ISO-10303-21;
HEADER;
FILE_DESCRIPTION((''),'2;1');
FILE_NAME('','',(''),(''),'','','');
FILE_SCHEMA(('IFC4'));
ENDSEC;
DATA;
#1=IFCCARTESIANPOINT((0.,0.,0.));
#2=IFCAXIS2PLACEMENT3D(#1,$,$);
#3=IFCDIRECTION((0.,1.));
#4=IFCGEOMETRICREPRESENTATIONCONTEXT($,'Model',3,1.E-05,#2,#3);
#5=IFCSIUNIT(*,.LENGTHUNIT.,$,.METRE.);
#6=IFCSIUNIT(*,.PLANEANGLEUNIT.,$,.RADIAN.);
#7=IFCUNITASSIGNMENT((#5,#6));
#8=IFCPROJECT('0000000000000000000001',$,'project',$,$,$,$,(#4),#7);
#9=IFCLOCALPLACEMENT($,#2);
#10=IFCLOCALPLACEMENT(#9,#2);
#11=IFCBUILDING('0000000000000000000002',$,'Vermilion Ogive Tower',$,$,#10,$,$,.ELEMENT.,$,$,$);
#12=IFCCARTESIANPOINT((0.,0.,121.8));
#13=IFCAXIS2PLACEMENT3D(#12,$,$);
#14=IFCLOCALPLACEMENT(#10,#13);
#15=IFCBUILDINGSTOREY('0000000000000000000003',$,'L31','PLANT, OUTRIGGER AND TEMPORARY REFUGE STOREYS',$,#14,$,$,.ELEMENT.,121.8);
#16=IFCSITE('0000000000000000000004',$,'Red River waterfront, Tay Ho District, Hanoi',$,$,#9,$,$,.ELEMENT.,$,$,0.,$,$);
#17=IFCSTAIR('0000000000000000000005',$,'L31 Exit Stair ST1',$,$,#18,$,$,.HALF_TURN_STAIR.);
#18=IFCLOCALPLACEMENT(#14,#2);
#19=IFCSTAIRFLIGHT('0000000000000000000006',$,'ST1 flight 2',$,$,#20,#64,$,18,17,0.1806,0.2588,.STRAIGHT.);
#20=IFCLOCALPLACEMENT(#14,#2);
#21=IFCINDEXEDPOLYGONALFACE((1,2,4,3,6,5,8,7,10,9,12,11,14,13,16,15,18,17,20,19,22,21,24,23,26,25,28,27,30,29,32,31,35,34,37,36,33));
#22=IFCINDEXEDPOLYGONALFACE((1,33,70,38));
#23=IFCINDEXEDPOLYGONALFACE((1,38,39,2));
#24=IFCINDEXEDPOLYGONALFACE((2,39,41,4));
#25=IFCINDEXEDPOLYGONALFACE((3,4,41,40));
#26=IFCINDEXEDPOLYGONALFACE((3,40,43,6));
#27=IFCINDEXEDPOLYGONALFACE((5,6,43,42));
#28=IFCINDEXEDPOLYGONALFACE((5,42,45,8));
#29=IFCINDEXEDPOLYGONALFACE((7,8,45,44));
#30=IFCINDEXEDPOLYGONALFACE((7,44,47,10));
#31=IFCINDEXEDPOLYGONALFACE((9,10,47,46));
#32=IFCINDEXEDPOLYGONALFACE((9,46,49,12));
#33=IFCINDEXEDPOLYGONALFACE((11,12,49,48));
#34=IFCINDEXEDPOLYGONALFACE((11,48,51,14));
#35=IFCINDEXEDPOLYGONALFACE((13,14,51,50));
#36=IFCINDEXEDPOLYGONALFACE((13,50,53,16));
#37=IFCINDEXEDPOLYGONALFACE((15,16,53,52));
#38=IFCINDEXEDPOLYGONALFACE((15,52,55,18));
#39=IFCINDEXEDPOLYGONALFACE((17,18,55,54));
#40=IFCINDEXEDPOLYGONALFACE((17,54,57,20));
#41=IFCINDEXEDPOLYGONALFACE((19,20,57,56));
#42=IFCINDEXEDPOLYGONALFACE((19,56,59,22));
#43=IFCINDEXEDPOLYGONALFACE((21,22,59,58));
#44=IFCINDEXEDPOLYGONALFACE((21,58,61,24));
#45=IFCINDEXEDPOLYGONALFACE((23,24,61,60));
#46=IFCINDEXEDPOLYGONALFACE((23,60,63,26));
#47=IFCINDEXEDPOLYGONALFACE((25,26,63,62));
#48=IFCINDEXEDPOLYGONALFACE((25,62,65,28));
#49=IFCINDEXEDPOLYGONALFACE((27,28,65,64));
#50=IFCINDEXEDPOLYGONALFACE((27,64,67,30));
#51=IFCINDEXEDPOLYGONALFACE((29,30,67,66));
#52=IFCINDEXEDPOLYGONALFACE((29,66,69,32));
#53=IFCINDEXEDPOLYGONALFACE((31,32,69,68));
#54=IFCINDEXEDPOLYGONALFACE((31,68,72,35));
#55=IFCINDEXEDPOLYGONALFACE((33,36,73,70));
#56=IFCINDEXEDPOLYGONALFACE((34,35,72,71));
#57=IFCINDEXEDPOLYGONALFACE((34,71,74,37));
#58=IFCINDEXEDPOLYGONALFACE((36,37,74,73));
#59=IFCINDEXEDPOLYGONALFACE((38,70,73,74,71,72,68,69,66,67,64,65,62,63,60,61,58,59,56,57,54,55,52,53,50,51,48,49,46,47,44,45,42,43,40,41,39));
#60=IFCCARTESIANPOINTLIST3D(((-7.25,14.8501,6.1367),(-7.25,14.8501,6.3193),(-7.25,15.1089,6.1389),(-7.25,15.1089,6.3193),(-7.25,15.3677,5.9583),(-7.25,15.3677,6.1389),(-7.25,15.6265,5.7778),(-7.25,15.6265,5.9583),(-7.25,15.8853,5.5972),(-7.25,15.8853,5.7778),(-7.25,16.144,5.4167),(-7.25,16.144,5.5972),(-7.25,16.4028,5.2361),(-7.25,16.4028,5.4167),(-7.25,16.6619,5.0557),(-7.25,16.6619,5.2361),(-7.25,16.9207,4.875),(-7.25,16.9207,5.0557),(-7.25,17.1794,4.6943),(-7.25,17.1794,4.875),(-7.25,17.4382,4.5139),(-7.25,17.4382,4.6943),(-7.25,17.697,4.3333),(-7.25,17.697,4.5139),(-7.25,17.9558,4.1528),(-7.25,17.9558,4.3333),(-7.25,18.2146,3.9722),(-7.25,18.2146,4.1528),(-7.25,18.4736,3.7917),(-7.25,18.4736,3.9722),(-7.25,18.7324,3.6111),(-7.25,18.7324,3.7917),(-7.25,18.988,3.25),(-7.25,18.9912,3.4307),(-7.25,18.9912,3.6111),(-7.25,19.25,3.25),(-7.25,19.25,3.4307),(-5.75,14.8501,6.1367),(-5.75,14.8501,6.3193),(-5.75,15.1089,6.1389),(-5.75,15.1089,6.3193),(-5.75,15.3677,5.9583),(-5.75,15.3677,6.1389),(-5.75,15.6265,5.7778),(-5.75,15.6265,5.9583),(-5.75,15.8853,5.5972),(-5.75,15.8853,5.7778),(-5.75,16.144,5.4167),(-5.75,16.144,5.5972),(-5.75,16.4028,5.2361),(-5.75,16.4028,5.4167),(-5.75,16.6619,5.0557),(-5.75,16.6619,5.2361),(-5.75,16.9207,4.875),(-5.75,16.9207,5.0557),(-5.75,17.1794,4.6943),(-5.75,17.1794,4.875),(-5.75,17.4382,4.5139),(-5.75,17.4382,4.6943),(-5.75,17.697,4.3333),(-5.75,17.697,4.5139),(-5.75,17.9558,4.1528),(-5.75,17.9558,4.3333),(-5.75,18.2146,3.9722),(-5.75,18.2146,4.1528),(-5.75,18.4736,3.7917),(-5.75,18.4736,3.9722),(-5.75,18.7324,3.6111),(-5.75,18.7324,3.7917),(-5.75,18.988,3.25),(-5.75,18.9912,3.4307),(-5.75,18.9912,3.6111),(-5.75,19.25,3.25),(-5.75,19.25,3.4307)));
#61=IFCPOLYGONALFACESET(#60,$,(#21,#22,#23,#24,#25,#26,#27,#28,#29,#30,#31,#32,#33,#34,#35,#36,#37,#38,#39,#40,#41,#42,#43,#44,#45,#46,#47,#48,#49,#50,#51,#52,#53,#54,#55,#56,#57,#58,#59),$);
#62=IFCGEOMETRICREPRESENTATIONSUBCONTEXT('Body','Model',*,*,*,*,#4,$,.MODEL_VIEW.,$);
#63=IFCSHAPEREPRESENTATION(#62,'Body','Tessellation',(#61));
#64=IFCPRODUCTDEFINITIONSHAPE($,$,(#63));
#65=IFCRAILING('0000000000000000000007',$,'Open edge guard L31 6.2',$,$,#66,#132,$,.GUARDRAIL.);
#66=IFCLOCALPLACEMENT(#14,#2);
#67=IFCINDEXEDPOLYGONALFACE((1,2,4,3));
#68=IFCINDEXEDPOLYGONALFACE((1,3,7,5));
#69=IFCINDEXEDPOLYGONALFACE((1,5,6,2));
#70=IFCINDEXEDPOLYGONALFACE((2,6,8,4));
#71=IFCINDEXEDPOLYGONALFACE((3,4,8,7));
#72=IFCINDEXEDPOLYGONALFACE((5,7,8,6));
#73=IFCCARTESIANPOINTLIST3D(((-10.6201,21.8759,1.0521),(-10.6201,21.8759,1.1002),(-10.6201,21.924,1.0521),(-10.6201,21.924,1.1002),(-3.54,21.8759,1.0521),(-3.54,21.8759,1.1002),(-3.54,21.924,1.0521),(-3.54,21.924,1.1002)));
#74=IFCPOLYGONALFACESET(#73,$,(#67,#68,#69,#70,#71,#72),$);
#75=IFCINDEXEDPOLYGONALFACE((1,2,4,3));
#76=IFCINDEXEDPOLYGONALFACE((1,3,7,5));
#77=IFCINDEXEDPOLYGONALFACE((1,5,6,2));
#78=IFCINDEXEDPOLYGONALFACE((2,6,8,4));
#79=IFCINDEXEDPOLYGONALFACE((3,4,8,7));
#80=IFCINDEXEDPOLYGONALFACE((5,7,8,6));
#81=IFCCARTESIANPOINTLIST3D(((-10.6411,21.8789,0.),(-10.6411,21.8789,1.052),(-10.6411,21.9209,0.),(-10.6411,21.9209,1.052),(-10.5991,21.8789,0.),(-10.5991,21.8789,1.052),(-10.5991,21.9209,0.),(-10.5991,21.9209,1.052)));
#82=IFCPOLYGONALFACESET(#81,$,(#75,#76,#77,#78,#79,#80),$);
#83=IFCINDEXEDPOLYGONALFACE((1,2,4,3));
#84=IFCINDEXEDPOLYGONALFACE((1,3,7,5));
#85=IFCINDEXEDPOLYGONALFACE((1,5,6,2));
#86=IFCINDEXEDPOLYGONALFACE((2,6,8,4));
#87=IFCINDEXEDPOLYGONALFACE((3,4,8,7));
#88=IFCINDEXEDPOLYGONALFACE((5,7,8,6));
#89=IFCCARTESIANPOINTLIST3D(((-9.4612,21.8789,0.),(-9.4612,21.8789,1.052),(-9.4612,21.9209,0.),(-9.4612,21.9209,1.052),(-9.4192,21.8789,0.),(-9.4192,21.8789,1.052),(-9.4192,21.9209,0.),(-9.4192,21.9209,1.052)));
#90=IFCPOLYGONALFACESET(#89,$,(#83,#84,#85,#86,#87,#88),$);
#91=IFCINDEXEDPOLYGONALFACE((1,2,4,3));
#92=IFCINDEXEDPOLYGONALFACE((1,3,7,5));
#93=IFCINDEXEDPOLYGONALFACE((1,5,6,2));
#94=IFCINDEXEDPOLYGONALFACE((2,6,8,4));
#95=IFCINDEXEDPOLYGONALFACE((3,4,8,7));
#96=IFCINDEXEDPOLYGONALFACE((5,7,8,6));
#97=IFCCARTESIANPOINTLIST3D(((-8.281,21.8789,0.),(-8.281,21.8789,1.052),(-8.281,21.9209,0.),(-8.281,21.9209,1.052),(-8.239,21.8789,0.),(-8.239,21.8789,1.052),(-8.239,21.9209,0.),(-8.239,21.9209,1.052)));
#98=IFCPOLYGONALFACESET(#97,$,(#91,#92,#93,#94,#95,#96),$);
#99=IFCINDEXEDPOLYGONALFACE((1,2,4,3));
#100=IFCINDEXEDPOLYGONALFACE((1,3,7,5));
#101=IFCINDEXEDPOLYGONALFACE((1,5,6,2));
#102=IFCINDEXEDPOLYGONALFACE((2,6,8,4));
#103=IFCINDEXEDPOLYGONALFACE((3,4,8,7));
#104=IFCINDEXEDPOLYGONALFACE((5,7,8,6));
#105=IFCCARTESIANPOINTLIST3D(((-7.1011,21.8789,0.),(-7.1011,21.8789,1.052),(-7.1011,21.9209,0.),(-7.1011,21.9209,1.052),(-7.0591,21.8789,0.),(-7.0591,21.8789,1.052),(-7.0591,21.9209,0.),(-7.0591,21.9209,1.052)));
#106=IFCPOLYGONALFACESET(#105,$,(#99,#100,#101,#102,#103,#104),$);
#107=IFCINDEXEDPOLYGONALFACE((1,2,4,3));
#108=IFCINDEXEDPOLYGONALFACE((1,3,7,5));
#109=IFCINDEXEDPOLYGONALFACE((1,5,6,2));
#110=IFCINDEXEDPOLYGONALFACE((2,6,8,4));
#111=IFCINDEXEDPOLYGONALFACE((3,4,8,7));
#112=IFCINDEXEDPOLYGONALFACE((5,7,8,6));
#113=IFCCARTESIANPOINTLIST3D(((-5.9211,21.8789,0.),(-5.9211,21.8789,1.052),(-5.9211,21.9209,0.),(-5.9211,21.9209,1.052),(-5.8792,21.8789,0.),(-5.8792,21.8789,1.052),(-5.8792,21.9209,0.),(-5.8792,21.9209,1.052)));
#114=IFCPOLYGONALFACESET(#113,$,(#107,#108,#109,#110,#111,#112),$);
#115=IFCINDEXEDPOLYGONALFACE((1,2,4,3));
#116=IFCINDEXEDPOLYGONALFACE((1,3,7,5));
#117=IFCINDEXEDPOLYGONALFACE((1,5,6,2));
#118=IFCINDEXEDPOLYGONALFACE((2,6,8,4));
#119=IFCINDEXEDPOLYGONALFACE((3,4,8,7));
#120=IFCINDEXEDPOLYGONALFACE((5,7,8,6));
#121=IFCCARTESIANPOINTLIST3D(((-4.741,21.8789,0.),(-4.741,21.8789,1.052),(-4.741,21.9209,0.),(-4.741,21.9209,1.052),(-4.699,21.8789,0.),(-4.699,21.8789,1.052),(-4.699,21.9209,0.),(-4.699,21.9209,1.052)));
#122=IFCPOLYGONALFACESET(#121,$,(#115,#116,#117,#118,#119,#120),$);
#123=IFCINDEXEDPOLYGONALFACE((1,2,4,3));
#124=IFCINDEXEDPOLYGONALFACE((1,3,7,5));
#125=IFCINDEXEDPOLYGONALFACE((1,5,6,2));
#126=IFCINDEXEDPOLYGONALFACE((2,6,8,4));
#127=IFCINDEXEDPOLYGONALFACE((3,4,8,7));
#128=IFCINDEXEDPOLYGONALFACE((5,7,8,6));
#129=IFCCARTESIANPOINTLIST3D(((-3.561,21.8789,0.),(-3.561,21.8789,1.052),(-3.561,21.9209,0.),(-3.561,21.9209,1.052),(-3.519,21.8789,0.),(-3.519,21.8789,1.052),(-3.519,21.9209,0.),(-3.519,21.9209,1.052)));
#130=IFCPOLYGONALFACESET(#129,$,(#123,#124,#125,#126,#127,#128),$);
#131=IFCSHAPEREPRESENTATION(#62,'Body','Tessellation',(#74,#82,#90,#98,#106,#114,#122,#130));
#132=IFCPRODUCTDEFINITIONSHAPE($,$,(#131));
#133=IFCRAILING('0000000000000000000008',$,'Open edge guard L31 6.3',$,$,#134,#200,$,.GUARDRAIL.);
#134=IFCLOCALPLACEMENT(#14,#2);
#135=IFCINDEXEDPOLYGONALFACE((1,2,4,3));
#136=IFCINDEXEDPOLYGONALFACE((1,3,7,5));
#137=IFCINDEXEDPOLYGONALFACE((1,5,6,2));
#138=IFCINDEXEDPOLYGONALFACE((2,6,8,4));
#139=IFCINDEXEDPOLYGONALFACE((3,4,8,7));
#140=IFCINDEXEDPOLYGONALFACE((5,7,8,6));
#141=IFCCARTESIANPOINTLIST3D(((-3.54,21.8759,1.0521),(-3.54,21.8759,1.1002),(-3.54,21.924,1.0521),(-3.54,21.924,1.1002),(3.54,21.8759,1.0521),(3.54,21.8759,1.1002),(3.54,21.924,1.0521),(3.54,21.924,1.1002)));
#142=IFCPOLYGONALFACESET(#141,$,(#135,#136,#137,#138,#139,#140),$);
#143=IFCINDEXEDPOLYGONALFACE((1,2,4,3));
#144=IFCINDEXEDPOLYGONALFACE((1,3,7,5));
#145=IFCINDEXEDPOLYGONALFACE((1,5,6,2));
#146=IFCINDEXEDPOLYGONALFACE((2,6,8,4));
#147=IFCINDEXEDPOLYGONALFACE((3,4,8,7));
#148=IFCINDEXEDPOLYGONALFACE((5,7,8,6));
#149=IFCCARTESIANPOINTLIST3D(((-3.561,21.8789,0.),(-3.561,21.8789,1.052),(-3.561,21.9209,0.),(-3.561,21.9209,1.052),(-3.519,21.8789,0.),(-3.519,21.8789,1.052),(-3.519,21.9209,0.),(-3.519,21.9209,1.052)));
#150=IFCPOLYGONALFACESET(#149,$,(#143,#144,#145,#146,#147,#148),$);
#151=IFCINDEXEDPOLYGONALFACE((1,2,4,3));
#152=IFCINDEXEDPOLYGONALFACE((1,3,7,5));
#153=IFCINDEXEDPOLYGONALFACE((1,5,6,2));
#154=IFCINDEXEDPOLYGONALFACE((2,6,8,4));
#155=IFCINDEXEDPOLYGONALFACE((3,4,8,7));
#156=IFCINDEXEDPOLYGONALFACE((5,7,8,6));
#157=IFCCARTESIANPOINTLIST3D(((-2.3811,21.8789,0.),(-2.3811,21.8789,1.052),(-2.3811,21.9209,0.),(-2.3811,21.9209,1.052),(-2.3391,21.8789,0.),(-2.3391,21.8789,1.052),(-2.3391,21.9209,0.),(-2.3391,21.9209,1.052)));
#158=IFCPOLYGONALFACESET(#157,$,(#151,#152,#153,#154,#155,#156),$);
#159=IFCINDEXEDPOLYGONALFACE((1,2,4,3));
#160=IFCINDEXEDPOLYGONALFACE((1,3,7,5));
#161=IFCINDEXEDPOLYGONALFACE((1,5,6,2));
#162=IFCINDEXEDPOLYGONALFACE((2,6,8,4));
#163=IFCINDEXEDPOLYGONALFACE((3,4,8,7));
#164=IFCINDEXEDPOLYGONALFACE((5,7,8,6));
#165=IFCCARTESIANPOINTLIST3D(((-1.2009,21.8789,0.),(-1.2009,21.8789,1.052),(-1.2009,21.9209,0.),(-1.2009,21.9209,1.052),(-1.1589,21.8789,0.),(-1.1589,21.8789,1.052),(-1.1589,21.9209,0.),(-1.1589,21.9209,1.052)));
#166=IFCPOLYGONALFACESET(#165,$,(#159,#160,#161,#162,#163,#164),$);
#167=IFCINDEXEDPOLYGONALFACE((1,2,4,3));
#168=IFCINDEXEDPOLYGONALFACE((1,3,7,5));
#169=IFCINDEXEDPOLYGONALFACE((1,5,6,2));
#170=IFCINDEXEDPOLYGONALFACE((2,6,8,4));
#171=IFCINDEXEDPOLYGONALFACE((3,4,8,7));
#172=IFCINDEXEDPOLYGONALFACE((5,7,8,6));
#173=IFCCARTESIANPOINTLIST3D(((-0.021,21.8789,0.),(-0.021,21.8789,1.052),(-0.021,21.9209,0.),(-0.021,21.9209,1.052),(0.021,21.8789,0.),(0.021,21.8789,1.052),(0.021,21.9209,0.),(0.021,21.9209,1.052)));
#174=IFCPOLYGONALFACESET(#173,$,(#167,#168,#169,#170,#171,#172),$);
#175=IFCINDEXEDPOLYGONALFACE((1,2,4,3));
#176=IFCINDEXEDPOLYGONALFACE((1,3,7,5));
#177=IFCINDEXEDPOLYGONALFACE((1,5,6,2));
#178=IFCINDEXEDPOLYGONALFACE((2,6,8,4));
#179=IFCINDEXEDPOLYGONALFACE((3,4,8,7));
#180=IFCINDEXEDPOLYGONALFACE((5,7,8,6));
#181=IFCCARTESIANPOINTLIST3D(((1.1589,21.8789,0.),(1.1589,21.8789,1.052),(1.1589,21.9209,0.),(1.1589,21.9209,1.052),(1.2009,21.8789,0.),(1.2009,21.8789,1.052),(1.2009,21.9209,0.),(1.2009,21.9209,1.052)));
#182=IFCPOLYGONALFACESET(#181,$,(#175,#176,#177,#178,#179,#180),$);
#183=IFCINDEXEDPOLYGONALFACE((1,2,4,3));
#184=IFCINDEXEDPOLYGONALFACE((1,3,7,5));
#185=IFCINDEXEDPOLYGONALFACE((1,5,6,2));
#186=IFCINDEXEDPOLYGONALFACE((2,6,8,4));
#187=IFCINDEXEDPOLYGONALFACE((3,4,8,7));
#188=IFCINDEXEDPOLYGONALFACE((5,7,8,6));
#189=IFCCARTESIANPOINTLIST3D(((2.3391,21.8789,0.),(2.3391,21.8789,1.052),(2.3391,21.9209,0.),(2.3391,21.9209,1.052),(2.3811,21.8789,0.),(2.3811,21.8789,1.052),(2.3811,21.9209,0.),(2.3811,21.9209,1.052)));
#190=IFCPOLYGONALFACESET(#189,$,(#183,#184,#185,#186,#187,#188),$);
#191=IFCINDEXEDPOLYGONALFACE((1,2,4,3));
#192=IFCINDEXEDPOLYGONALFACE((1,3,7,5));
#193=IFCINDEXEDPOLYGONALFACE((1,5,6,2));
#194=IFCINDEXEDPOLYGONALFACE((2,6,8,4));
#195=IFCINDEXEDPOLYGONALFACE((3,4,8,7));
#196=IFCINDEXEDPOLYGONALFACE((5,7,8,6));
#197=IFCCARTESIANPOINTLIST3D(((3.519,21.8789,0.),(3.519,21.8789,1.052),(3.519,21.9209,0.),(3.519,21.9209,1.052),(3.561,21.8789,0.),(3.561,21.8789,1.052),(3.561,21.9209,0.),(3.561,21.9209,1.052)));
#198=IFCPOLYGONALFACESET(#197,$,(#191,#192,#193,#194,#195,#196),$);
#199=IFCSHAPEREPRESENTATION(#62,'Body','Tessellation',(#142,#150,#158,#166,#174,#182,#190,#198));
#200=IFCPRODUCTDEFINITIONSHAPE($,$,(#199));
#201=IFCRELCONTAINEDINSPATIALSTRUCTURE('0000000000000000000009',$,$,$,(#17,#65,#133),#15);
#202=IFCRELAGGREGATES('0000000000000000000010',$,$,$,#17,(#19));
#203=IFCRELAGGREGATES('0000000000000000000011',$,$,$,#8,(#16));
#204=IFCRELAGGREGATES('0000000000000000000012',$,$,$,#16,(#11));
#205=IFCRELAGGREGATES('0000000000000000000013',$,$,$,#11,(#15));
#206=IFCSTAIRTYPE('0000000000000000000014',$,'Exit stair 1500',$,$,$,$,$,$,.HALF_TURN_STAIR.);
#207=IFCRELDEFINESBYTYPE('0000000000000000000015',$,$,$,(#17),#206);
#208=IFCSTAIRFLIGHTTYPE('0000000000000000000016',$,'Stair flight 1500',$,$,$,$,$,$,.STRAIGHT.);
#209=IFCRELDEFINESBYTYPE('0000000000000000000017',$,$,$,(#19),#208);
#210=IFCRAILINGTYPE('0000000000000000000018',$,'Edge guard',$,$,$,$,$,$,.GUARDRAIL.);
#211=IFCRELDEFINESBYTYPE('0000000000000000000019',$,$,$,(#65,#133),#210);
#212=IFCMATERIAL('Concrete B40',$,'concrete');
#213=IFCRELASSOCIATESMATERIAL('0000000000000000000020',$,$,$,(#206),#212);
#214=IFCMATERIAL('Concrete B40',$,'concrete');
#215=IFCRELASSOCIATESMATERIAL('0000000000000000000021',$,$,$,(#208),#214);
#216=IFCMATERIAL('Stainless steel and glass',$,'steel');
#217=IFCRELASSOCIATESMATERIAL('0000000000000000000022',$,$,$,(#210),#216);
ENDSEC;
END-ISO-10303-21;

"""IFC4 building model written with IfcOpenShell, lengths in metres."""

from ifc_helpers import new_model, si_unit, direction, frame, origin, origin_2d, place, context, subcontext, project, spatial, polyline, rectangle, outline, extrude, material, type_object, element, aggregate, save


model = new_model("IFC4")

# Units and contexts
model_context = context("Model", 3, precision=1e-05, world=origin(), true_north=direction((0.0, 1.0)))
body_context = subcontext(model_context, "Body", "Model", "MODEL_VIEW")
ifc_project = project(units=[si_unit("LENGTHUNIT", "METRE"), si_unit("PLANEANGLEUNIT", "RADIAN")], contexts=[model_context])

# Site, building, storey
site_placement = place(None, origin())
site = spatial("IfcSite", under=ifc_project, at=site_placement, Name="Red River waterfront, Tay Ho District, Hanoi", CompositionType="ELEMENT", RefElevation=0.0)
building_placement = place(site_placement, origin())
building = spatial("IfcBuilding", under=site, at=building_placement, Name="Vermilion Ogive Tower", CompositionType="ELEMENT")
storey_placement = place(building_placement, frame((0.0, 0.0, 121.8)))
storey = spatial("IfcBuildingStorey", under=building, at=storey_placement, Name="L31", Description="PLANT, OUTRIGGER AND TEMPORARY REFUGE STOREYS", CompositionType="ELEMENT", Elevation=121.8)

# Stair, stair flight
ifc_material_1 = material(Name="Concrete B40", Category="concrete")
stair_type = type_object("IfcStairType", Name="Exit stair 1500", PredefinedType="HALF_TURN_STAIR", material=ifc_material_1)
stair_placement = place(storey_placement, origin())
stair = element("IfcStair", 1, at=stair_placement, inside=storey, type_object=stair_type, Name="L31 Exit Stair ST1", PredefinedType="HALF_TURN_STAIR")
ifc_material_2 = material(Name="Concrete B40", Category="concrete")
stair_flight_type = type_object("IfcStairFlightType", Name="Stair flight 1500", PredefinedType="STRAIGHT", material=ifc_material_2)
stair_flight_1_placement = place(storey_placement, frame((-6.5, 19.25, 3.25), z_axis=(0.0, 0.0, 1.0), x_axis=(0.0, -1.0, 0.0)))
stair_flight_1 = element("IfcStairFlight", 2, at=stair_flight_1_placement, type_object=stair_flight_type, Name="ST1 flight 2", NumberOfRisers=18, NumberOfTreads=17, PredefinedType="STRAIGHT", RiserHeight=0.1806, TreadLength=0.2588, context=body_context, shape_type="SweptSolid", body=[
    extrude(outline(polyline([(0.0, 0.0), (0.0, 0.1807), (0.2588, 0.1807), (0.2588, 0.3611), (0.5176, 0.3611), (0.5176, 0.5417), (0.7764, 0.5417), (0.7764, 0.7222), (1.0354, 0.7222), (1.0354, 0.9028), (1.2942, 0.9028), (1.2942, 1.0833), (1.553, 1.0833), (1.553, 1.2639), (1.8118, 1.2639), (1.8118, 1.4443), (2.0706, 1.4443), (2.0706, 1.625), (2.3293, 1.625), (2.3293, 1.8057), (2.5881, 1.8057), (2.5881, 1.9861), (2.8472, 1.9861), (2.8472, 2.1667), (3.106, 2.1667), (3.106, 2.3472), (3.3647, 2.3472), (3.3647, 2.5278), (3.6235, 2.5278), (3.6235, 2.7083), (3.8823, 2.7083), (3.8823, 2.8889), (4.1411, 2.8889), (4.1411, 3.0693), (4.3999, 3.0693), (4.3999, 3.25), (4.3999, 2.8867), (0.262, 0.0), (0.0, 0.0)])), frame((0.0, 0.75, 0.0), z_axis=(0.0, -1.0, 0.0), x_axis=(1.0, 0.0, 0.0)), (0.0, 0.0, 1.0), 1.5),
])
aggregate(stair, [stair_flight_1])

# Railings
ifc_material_3 = material(Name="Stainless steel and glass", Category="steel")
railing_type_1 = type_object("IfcRailingType", Name="Edge guard", PredefinedType="GUARDRAIL", material=ifc_material_3)
for number, where, name in (
    (3, (-10.6201, 21.8999, 0.0), "Open edge guard L31 6.2"),
    (4, (-3.54, 21.8999, 0.0), "Open edge guard L31 6.3"),
):
    element("IfcRailing", number, at=place(storey_placement, frame(where)), inside=storey, type_object=railing_type_1, Name=name, PredefinedType="GUARDRAIL", context=body_context, shape_type="SweptSolid", body=[
        extrude(rectangle(XDim=0.0481, YDim=0.0481, at=origin_2d()), frame((0.0, 0.0, 1.0762), z_axis=(1.0, 0.0, 0.0), x_axis=(0.0, 1.0, 0.0)), (0.0, 0.0, 1.0), 7.0801),
        extrude(rectangle(XDim=0.042, YDim=0.042, at=origin_2d()), origin(), (0.0, 0.0, 1.0), 1.052),
        extrude(rectangle(XDim=0.042, YDim=0.042, at=origin_2d()), frame((1.1799, 0.0, 0.0)), (0.0, 0.0, 1.0), 1.052),
        extrude(rectangle(XDim=0.042, YDim=0.042, at=origin_2d()), frame((2.3601, 0.0, 0.0)), (0.0, 0.0, 1.0), 1.052),
        extrude(rectangle(XDim=0.042, YDim=0.042, at=origin_2d()), frame((3.54, 0.0, 0.0)), (0.0, 0.0, 1.0), 1.052),
        extrude(rectangle(XDim=0.042, YDim=0.042, at=origin_2d()), frame((4.72, 0.0, 0.0)), (0.0, 0.0, 1.0), 1.052),
        extrude(rectangle(XDim=0.042, YDim=0.042, at=origin_2d()), frame((5.9001, 0.0, 0.0)), (0.0, 0.0, 1.0), 1.052),
        extrude(rectangle(XDim=0.042, YDim=0.042, at=origin_2d()), frame((7.0801, 0.0, 0.0)), (0.0, 0.0, 1.0), 1.052),
    ])

save(model, "model.ifc")
